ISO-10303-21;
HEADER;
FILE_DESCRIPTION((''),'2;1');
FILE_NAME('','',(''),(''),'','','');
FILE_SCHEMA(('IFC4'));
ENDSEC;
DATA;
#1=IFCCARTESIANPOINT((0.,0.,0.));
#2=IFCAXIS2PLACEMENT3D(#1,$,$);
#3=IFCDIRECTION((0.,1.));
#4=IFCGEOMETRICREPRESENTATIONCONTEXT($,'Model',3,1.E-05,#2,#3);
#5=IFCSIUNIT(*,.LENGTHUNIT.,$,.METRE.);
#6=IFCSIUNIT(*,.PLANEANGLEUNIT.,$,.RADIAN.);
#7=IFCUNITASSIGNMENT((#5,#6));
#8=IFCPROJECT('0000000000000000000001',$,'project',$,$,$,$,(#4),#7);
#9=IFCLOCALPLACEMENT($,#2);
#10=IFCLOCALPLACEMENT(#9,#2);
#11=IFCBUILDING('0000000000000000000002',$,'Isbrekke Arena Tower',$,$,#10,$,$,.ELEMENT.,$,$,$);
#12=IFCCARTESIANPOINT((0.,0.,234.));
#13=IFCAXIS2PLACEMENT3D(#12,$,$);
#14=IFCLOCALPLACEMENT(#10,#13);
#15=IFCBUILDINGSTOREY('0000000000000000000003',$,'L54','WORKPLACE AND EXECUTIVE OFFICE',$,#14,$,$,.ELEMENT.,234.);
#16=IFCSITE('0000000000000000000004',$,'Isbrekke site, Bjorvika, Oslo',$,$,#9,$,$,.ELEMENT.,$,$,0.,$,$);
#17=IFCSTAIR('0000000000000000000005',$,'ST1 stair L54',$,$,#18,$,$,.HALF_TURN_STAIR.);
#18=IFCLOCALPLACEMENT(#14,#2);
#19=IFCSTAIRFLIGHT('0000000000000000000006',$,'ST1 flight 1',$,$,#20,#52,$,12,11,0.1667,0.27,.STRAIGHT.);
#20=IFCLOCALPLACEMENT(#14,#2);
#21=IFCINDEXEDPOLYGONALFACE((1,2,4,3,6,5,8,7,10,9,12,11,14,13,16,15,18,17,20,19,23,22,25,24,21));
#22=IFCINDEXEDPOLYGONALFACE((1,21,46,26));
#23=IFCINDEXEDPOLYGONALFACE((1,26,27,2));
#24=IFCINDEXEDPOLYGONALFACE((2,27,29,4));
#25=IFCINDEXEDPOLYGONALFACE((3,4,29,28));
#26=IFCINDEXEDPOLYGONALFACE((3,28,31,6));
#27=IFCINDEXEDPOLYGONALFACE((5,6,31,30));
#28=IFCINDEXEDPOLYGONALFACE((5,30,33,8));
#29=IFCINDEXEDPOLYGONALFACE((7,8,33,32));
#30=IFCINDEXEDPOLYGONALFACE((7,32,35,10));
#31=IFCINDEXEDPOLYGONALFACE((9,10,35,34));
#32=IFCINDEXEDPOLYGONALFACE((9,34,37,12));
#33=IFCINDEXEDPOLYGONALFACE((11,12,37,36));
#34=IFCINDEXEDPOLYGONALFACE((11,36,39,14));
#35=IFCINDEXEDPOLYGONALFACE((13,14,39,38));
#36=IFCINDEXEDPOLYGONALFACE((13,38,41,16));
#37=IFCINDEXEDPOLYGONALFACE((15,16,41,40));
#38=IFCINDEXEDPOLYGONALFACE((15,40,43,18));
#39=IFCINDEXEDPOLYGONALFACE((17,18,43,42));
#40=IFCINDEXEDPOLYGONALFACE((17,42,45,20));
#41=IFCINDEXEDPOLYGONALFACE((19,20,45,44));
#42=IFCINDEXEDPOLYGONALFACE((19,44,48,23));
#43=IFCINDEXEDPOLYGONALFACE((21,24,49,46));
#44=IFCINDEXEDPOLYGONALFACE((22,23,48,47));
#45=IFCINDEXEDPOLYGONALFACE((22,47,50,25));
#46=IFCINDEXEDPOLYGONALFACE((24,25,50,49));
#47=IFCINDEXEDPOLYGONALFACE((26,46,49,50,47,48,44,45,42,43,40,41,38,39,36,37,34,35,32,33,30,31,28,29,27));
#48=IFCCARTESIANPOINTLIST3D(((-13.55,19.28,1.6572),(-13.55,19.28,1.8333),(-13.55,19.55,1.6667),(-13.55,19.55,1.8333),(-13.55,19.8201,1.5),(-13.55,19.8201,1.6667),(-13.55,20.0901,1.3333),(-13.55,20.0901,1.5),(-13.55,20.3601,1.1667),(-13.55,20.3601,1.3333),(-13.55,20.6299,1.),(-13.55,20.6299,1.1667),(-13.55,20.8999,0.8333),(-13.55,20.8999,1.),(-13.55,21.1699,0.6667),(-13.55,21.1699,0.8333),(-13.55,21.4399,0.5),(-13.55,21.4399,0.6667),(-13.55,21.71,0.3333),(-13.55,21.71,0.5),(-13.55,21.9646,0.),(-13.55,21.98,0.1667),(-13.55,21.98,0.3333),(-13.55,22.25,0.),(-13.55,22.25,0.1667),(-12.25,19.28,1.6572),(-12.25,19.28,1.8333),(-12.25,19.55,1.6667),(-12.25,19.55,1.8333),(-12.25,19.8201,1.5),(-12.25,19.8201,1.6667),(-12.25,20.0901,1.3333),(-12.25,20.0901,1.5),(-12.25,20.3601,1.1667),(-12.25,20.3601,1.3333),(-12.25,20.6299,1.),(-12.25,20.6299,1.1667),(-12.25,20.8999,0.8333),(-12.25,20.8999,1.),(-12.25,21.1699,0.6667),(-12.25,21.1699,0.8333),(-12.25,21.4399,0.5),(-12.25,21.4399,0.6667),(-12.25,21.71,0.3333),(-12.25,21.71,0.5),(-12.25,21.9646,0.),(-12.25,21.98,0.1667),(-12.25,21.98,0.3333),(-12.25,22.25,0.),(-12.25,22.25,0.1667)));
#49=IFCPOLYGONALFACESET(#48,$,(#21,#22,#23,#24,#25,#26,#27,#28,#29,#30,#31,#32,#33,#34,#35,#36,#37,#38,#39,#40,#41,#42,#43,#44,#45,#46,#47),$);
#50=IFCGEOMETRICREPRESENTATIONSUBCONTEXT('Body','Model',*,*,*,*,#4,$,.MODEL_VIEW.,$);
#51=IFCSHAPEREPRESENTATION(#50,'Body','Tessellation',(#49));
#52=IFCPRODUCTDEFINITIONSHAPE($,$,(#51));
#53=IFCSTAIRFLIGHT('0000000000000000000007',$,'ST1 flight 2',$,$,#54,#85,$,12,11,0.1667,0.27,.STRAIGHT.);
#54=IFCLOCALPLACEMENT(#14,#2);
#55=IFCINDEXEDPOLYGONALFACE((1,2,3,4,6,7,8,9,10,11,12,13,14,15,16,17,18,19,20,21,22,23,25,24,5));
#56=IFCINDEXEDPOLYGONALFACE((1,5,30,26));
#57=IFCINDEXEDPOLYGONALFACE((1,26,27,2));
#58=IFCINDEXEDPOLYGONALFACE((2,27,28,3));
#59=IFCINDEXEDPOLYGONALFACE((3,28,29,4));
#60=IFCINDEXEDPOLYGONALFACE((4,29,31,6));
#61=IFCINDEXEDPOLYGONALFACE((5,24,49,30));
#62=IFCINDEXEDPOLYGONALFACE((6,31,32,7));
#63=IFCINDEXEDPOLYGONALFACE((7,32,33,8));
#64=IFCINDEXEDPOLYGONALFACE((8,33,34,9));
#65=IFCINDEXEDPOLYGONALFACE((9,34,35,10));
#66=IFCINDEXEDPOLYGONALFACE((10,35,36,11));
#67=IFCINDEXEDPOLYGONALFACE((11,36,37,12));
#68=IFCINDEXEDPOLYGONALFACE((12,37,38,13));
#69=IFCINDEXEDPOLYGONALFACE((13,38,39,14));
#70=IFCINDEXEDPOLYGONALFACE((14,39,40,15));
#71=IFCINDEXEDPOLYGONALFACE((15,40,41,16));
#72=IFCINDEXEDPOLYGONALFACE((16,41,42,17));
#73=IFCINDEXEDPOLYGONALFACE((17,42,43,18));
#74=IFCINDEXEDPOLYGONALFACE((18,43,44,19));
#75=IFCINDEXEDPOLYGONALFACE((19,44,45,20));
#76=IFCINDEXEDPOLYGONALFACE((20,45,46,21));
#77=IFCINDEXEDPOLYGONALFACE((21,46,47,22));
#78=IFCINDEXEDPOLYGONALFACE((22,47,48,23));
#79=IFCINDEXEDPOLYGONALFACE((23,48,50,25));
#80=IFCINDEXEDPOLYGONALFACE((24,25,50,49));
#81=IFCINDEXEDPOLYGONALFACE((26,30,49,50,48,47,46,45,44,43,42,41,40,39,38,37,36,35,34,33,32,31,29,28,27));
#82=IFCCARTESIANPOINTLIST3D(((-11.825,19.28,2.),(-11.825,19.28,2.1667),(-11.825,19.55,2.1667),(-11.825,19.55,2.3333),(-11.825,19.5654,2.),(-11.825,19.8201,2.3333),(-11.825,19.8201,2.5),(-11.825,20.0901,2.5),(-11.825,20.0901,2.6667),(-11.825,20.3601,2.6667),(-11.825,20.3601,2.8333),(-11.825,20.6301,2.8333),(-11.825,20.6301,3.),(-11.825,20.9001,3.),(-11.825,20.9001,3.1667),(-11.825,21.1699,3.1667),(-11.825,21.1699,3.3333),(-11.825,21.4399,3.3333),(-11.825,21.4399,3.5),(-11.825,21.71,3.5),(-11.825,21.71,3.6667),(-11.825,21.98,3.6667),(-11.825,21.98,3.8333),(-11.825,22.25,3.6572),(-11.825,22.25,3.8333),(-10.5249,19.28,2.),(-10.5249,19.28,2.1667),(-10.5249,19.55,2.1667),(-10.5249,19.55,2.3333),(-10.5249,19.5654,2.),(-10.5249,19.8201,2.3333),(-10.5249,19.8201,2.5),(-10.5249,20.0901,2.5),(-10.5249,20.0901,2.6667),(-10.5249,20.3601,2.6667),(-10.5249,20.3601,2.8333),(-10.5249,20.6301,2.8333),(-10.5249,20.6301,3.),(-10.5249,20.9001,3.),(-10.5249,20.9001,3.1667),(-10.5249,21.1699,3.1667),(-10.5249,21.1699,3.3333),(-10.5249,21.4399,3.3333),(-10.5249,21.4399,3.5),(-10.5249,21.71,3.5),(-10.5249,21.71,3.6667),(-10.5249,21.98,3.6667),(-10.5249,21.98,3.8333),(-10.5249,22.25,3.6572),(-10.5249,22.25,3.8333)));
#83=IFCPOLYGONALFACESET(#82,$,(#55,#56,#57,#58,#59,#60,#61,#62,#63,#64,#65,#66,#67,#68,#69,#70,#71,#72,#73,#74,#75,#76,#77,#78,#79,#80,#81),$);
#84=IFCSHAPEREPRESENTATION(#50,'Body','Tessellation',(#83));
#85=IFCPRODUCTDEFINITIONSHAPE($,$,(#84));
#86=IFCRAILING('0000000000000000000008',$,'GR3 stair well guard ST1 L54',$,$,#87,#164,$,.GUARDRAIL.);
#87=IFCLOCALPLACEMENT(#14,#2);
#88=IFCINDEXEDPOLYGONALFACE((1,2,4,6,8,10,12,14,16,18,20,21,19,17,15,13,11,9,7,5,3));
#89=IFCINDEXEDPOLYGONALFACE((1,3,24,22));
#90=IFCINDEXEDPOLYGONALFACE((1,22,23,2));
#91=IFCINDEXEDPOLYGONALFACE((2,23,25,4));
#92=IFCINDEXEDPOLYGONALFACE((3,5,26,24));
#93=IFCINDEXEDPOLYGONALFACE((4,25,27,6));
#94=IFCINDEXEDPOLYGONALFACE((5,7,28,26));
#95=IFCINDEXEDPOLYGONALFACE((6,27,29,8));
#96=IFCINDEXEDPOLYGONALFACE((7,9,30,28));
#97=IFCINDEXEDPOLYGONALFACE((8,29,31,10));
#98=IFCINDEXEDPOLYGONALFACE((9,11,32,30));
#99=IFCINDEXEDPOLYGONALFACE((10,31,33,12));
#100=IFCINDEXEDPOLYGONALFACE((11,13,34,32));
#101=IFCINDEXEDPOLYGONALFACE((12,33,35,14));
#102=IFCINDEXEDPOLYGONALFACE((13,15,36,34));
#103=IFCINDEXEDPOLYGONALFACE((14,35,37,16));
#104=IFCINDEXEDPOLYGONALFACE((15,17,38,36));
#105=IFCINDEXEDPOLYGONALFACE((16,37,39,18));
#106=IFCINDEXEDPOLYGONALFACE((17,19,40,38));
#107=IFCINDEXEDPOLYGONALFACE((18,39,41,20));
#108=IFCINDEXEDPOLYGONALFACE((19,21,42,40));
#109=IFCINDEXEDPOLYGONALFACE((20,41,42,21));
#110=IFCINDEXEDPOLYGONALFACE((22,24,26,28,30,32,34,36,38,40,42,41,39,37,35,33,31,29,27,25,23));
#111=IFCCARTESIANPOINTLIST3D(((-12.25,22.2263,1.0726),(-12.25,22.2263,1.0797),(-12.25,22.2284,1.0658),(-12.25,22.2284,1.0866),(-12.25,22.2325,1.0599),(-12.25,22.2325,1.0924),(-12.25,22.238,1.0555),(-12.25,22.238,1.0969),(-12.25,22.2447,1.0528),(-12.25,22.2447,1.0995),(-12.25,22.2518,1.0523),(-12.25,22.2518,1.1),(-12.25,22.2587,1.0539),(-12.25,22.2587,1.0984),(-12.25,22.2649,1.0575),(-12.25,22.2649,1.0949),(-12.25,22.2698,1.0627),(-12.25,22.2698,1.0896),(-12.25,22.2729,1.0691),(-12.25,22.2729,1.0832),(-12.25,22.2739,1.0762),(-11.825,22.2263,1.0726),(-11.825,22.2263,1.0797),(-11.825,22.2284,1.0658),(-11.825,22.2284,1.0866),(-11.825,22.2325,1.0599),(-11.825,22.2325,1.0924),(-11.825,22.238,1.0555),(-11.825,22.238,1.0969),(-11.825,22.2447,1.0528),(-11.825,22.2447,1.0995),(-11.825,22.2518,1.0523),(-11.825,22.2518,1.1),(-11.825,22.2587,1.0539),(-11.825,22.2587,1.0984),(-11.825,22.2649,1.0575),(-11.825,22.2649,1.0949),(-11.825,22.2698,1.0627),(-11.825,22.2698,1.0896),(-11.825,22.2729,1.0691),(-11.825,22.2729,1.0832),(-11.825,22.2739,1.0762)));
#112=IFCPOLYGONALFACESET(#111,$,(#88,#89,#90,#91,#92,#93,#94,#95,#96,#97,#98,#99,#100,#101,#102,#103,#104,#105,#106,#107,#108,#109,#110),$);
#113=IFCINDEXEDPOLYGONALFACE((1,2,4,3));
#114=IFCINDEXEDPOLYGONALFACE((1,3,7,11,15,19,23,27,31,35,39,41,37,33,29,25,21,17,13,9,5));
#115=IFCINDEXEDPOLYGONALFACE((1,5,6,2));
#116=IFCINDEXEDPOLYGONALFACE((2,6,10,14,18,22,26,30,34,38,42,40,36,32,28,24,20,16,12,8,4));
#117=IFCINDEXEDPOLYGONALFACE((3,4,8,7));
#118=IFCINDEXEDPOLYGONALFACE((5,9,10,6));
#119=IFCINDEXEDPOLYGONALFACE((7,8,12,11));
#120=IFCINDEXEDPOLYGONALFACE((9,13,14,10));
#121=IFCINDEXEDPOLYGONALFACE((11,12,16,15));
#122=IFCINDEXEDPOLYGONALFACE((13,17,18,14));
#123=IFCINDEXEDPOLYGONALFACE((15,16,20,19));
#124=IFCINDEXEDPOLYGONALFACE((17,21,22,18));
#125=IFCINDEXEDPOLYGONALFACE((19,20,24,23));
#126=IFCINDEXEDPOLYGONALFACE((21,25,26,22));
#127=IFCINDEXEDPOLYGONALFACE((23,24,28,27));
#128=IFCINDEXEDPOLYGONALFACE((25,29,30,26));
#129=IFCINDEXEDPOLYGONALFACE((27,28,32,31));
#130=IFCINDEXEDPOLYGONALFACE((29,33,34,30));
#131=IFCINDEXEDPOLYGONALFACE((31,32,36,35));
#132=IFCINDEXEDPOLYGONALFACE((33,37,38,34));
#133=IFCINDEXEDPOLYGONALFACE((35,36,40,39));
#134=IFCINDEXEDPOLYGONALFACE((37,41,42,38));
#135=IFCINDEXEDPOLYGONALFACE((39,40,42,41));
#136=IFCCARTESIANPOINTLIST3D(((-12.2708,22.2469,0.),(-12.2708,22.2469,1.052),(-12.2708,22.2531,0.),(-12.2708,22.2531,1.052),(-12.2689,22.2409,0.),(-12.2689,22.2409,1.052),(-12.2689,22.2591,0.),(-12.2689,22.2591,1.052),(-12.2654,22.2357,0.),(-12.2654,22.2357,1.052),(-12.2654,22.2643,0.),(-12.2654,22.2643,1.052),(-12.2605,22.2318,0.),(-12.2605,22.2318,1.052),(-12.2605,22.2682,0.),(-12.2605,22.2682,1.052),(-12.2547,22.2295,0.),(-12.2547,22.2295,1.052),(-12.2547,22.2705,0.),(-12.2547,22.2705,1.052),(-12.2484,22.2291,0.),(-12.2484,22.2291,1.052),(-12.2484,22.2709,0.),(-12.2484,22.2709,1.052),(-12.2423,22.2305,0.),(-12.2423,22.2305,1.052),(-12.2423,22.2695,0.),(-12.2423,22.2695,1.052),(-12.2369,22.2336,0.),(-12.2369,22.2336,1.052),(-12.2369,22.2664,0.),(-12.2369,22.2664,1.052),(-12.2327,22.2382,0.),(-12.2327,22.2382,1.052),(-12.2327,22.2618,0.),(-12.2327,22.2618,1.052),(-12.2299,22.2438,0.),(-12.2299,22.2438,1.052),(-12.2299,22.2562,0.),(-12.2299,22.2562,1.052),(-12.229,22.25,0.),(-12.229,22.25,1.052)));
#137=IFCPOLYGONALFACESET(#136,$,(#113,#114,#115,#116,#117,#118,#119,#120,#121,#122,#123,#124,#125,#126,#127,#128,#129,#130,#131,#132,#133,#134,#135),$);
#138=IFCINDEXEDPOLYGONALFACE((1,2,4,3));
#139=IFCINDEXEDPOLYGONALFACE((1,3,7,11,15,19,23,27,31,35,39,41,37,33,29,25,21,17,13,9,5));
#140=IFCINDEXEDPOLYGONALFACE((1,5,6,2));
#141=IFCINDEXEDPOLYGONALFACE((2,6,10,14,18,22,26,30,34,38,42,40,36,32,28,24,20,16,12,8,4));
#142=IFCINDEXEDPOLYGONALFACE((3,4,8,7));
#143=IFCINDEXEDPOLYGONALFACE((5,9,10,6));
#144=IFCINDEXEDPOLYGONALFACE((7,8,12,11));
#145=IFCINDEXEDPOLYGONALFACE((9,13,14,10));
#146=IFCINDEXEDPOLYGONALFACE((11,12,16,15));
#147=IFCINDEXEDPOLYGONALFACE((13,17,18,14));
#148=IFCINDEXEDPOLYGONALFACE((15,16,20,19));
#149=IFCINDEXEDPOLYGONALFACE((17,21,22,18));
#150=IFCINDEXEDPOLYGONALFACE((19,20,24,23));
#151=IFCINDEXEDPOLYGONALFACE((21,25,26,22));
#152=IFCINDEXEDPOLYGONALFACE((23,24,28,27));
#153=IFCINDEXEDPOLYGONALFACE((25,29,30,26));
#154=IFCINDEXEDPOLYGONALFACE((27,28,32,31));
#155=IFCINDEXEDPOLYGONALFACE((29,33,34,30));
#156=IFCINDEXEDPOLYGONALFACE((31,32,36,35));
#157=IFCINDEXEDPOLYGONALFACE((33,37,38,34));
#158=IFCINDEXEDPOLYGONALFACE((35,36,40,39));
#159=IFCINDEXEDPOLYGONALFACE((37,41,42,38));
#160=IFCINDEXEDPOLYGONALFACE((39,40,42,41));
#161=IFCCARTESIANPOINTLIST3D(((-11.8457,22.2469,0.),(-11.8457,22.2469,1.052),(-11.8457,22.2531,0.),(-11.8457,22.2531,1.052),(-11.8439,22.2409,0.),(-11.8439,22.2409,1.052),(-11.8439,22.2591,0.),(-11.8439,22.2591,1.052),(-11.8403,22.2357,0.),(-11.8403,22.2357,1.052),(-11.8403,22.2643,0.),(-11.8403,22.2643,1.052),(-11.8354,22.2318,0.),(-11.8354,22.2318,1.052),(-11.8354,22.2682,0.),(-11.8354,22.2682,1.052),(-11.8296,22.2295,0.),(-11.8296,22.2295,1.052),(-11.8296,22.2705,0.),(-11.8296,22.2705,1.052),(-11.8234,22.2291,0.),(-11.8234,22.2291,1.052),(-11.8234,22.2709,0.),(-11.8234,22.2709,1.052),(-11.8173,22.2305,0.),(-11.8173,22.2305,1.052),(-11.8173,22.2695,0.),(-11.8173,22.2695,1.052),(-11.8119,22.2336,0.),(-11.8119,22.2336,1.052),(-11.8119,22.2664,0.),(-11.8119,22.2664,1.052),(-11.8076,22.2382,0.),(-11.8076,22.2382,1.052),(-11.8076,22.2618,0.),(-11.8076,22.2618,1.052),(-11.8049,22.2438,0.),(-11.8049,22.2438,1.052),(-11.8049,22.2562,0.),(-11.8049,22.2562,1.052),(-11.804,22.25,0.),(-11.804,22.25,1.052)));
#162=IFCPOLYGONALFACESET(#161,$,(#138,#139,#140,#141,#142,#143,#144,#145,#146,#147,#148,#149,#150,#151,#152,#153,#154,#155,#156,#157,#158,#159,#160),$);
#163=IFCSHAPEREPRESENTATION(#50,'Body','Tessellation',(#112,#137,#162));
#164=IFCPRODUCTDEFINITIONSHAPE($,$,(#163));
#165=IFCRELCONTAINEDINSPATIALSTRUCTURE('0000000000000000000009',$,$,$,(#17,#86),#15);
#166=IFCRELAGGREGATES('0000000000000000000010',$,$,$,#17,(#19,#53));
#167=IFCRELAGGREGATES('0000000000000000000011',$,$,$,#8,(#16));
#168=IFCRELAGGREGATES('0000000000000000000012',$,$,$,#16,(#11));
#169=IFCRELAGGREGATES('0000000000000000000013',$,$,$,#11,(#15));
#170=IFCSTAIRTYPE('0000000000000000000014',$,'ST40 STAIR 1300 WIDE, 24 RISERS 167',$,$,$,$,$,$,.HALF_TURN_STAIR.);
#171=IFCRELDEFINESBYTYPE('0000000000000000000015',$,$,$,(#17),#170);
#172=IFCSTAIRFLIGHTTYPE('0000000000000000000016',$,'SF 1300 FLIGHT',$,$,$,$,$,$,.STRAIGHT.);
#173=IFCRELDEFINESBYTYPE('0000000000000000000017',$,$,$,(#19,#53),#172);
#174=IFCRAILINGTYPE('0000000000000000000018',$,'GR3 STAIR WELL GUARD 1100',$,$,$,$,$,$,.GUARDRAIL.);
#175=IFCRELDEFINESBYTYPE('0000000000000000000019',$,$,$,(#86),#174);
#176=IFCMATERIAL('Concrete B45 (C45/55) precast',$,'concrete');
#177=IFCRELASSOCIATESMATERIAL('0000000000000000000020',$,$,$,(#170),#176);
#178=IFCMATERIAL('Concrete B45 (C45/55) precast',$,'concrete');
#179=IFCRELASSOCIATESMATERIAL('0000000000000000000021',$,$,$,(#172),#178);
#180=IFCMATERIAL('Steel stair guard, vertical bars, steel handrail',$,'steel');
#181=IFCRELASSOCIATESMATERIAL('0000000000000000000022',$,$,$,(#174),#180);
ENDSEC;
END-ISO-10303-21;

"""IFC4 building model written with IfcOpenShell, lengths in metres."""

from ifc_helpers import new_model, si_unit, direction, frame, origin, origin_2d, place, context, subcontext, project, spatial, polyline, circle, outline, extrude, material, type_object, element, aggregate, save


model = new_model("IFC4")

# Units and contexts
model_context = context("Model", 3, precision=1e-05, world=origin(), true_north=direction((0.0, 1.0)))
body_context = subcontext(model_context, "Body", "Model", "MODEL_VIEW")
ifc_project = project(units=[si_unit("LENGTHUNIT", "METRE"), si_unit("PLANEANGLEUNIT", "RADIAN")], contexts=[model_context])

# Site, building, storey
site_placement = place(None, origin())
site = spatial("IfcSite", under=ifc_project, at=site_placement, Name="Isbrekke site, Bjorvika, Oslo", CompositionType="ELEMENT", RefElevation=0.0)
building_placement = place(site_placement, origin())
building = spatial("IfcBuilding", under=site, at=building_placement, Name="Isbrekke Arena Tower", CompositionType="ELEMENT")
storey_placement = place(building_placement, frame((0.0, 0.0, 234.0)))
storey = spatial("IfcBuildingStorey", under=building, at=storey_placement, Name="L54", Description="WORKPLACE AND EXECUTIVE OFFICE", CompositionType="ELEMENT", Elevation=234.0)

# Stair, stair flights
ifc_material_1 = material(Name="Concrete B45 (C45/55) precast", Category="concrete")
stair_type = type_object("IfcStairType", Name="ST40 STAIR 1300 WIDE, 24 RISERS 167", PredefinedType="HALF_TURN_STAIR", material=ifc_material_1)
stair_placement = place(storey_placement, origin())
stair = element("IfcStair", 1, at=stair_placement, inside=storey, type_object=stair_type, Name="ST1 stair L54", PredefinedType="HALF_TURN_STAIR")
ifc_material_2 = material(Name="Concrete B45 (C45/55) precast", Category="concrete")
stair_flight_type = type_object("IfcStairFlightType", Name="SF 1300 FLIGHT", PredefinedType="STRAIGHT", material=ifc_material_2)
stair_flight_1_placement = place(storey_placement, frame((-12.8999, 22.25, 0.0), z_axis=(0.0, 0.0, 1.0), x_axis=(0.0, -1.0, 0.0)))
stair_flight_1 = element("IfcStairFlight", 2, at=stair_flight_1_placement, type_object=stair_flight_type, Name="ST1 flight 1", NumberOfRisers=12, NumberOfTreads=11, PredefinedType="STRAIGHT", RiserHeight=0.1667, TreadLength=0.27, context=body_context, shape_type="SweptSolid", body=[
    extrude(outline(polyline([(0.0, 0.0), (0.0, 0.1667), (0.27, 0.1667), (0.27, 0.3333), (0.54, 0.3333), (0.54, 0.5), (0.8101, 0.5), (0.8101, 0.6667), (1.0801, 0.6667), (1.0801, 0.8333), (1.3501, 0.8333), (1.3501, 1.0), (1.6201, 1.0), (1.6201, 1.1667), (1.8899, 1.1667), (1.8899, 1.3333), (2.1599, 1.3333), (2.1599, 1.5), (2.4299, 1.5), (2.4299, 1.6667), (2.7, 1.6667), (2.7, 1.8333), (2.97, 1.8333), (2.97, 2.0), (2.97, 1.6572), (0.2854, 0.0), (0.0, 0.0)])), frame((0.0, 0.6499, 0.0), z_axis=(0.0, -1.0, 0.0), x_axis=(1.0, 0.0, 0.0)), (0.0, 0.0, 1.0), 1.3),
])
stair_flight_2_placement = place(storey_placement, frame((-11.175, 19.28, 2.0), z_axis=(0.0, 0.0, 1.0), x_axis=(0.0, 1.0, 0.0)))
stair_flight_2 = element("IfcStairFlight", 3, at=stair_flight_2_placement, type_object=stair_flight_type, Name="ST1 flight 2", NumberOfRisers=12, NumberOfTreads=11, PredefinedType="STRAIGHT", RiserHeight=0.1667, TreadLength=0.27, context=body_context, shape_type="SweptSolid", body=[
    extrude(outline(polyline([(0.0, 0.0), (0.0, 0.1667), (0.27, 0.1667), (0.27, 0.3333), (0.54, 0.3333), (0.54, 0.5), (0.8101, 0.5), (0.8101, 0.6667), (1.0801, 0.6667), (1.0801, 0.8333), (1.3501, 0.8333), (1.3501, 1.0), (1.6201, 1.0), (1.6201, 1.1667), (1.8899, 1.1667), (1.8899, 1.3333), (2.1599, 1.3333), (2.1599, 1.5), (2.4299, 1.5), (2.4299, 1.6667), (2.7, 1.6667), (2.7, 1.8333), (2.97, 1.8333), (2.97, 2.0), (2.97, 1.6572), (0.2854, 0.0), (0.0, 0.0)])), frame((0.0, 0.6499, 0.0), z_axis=(0.0, -1.0, 0.0), x_axis=(1.0, 0.0, 0.0)), (0.0, 0.0, 1.0), 1.3),
])
aggregate(stair, [stair_flight_1, stair_flight_2])

# Railing
ifc_material_3 = material(Name="Steel stair guard, vertical bars, steel handrail", Category="steel")
railing_type = type_object("IfcRailingType", Name="GR3 STAIR WELL GUARD 1100", PredefinedType="GUARDRAIL", material=ifc_material_3)
for number, where, name in (
    (4, (-12.25, 22.25, 0.0), "GR3 stair well guard ST1 L54"),
):
    element("IfcRailing", number, at=place(storey_placement, frame(where)), inside=storey, type_object=railing_type, Name=name, PredefinedType="GUARDRAIL", context=body_context, shape_type="SweptSolid", body=[
        extrude(circle(Radius=0.0239, at=origin_2d()), frame((0.0, 0.0, 1.0762), z_axis=(1.0, 0.0, 0.0), x_axis=(0.0, 1.0, 0.0)), (0.0, 0.0, 1.0), 0.425),
        extrude(circle(Radius=0.021, at=origin_2d()), origin(), (0.0, 0.0, 1.0), 1.052),
        extrude(circle(Radius=0.021, at=origin_2d()), frame((0.425, 0.0, 0.0)), (0.0, 0.0, 1.0), 1.052),
    ])

save(model, "model.ifc")
